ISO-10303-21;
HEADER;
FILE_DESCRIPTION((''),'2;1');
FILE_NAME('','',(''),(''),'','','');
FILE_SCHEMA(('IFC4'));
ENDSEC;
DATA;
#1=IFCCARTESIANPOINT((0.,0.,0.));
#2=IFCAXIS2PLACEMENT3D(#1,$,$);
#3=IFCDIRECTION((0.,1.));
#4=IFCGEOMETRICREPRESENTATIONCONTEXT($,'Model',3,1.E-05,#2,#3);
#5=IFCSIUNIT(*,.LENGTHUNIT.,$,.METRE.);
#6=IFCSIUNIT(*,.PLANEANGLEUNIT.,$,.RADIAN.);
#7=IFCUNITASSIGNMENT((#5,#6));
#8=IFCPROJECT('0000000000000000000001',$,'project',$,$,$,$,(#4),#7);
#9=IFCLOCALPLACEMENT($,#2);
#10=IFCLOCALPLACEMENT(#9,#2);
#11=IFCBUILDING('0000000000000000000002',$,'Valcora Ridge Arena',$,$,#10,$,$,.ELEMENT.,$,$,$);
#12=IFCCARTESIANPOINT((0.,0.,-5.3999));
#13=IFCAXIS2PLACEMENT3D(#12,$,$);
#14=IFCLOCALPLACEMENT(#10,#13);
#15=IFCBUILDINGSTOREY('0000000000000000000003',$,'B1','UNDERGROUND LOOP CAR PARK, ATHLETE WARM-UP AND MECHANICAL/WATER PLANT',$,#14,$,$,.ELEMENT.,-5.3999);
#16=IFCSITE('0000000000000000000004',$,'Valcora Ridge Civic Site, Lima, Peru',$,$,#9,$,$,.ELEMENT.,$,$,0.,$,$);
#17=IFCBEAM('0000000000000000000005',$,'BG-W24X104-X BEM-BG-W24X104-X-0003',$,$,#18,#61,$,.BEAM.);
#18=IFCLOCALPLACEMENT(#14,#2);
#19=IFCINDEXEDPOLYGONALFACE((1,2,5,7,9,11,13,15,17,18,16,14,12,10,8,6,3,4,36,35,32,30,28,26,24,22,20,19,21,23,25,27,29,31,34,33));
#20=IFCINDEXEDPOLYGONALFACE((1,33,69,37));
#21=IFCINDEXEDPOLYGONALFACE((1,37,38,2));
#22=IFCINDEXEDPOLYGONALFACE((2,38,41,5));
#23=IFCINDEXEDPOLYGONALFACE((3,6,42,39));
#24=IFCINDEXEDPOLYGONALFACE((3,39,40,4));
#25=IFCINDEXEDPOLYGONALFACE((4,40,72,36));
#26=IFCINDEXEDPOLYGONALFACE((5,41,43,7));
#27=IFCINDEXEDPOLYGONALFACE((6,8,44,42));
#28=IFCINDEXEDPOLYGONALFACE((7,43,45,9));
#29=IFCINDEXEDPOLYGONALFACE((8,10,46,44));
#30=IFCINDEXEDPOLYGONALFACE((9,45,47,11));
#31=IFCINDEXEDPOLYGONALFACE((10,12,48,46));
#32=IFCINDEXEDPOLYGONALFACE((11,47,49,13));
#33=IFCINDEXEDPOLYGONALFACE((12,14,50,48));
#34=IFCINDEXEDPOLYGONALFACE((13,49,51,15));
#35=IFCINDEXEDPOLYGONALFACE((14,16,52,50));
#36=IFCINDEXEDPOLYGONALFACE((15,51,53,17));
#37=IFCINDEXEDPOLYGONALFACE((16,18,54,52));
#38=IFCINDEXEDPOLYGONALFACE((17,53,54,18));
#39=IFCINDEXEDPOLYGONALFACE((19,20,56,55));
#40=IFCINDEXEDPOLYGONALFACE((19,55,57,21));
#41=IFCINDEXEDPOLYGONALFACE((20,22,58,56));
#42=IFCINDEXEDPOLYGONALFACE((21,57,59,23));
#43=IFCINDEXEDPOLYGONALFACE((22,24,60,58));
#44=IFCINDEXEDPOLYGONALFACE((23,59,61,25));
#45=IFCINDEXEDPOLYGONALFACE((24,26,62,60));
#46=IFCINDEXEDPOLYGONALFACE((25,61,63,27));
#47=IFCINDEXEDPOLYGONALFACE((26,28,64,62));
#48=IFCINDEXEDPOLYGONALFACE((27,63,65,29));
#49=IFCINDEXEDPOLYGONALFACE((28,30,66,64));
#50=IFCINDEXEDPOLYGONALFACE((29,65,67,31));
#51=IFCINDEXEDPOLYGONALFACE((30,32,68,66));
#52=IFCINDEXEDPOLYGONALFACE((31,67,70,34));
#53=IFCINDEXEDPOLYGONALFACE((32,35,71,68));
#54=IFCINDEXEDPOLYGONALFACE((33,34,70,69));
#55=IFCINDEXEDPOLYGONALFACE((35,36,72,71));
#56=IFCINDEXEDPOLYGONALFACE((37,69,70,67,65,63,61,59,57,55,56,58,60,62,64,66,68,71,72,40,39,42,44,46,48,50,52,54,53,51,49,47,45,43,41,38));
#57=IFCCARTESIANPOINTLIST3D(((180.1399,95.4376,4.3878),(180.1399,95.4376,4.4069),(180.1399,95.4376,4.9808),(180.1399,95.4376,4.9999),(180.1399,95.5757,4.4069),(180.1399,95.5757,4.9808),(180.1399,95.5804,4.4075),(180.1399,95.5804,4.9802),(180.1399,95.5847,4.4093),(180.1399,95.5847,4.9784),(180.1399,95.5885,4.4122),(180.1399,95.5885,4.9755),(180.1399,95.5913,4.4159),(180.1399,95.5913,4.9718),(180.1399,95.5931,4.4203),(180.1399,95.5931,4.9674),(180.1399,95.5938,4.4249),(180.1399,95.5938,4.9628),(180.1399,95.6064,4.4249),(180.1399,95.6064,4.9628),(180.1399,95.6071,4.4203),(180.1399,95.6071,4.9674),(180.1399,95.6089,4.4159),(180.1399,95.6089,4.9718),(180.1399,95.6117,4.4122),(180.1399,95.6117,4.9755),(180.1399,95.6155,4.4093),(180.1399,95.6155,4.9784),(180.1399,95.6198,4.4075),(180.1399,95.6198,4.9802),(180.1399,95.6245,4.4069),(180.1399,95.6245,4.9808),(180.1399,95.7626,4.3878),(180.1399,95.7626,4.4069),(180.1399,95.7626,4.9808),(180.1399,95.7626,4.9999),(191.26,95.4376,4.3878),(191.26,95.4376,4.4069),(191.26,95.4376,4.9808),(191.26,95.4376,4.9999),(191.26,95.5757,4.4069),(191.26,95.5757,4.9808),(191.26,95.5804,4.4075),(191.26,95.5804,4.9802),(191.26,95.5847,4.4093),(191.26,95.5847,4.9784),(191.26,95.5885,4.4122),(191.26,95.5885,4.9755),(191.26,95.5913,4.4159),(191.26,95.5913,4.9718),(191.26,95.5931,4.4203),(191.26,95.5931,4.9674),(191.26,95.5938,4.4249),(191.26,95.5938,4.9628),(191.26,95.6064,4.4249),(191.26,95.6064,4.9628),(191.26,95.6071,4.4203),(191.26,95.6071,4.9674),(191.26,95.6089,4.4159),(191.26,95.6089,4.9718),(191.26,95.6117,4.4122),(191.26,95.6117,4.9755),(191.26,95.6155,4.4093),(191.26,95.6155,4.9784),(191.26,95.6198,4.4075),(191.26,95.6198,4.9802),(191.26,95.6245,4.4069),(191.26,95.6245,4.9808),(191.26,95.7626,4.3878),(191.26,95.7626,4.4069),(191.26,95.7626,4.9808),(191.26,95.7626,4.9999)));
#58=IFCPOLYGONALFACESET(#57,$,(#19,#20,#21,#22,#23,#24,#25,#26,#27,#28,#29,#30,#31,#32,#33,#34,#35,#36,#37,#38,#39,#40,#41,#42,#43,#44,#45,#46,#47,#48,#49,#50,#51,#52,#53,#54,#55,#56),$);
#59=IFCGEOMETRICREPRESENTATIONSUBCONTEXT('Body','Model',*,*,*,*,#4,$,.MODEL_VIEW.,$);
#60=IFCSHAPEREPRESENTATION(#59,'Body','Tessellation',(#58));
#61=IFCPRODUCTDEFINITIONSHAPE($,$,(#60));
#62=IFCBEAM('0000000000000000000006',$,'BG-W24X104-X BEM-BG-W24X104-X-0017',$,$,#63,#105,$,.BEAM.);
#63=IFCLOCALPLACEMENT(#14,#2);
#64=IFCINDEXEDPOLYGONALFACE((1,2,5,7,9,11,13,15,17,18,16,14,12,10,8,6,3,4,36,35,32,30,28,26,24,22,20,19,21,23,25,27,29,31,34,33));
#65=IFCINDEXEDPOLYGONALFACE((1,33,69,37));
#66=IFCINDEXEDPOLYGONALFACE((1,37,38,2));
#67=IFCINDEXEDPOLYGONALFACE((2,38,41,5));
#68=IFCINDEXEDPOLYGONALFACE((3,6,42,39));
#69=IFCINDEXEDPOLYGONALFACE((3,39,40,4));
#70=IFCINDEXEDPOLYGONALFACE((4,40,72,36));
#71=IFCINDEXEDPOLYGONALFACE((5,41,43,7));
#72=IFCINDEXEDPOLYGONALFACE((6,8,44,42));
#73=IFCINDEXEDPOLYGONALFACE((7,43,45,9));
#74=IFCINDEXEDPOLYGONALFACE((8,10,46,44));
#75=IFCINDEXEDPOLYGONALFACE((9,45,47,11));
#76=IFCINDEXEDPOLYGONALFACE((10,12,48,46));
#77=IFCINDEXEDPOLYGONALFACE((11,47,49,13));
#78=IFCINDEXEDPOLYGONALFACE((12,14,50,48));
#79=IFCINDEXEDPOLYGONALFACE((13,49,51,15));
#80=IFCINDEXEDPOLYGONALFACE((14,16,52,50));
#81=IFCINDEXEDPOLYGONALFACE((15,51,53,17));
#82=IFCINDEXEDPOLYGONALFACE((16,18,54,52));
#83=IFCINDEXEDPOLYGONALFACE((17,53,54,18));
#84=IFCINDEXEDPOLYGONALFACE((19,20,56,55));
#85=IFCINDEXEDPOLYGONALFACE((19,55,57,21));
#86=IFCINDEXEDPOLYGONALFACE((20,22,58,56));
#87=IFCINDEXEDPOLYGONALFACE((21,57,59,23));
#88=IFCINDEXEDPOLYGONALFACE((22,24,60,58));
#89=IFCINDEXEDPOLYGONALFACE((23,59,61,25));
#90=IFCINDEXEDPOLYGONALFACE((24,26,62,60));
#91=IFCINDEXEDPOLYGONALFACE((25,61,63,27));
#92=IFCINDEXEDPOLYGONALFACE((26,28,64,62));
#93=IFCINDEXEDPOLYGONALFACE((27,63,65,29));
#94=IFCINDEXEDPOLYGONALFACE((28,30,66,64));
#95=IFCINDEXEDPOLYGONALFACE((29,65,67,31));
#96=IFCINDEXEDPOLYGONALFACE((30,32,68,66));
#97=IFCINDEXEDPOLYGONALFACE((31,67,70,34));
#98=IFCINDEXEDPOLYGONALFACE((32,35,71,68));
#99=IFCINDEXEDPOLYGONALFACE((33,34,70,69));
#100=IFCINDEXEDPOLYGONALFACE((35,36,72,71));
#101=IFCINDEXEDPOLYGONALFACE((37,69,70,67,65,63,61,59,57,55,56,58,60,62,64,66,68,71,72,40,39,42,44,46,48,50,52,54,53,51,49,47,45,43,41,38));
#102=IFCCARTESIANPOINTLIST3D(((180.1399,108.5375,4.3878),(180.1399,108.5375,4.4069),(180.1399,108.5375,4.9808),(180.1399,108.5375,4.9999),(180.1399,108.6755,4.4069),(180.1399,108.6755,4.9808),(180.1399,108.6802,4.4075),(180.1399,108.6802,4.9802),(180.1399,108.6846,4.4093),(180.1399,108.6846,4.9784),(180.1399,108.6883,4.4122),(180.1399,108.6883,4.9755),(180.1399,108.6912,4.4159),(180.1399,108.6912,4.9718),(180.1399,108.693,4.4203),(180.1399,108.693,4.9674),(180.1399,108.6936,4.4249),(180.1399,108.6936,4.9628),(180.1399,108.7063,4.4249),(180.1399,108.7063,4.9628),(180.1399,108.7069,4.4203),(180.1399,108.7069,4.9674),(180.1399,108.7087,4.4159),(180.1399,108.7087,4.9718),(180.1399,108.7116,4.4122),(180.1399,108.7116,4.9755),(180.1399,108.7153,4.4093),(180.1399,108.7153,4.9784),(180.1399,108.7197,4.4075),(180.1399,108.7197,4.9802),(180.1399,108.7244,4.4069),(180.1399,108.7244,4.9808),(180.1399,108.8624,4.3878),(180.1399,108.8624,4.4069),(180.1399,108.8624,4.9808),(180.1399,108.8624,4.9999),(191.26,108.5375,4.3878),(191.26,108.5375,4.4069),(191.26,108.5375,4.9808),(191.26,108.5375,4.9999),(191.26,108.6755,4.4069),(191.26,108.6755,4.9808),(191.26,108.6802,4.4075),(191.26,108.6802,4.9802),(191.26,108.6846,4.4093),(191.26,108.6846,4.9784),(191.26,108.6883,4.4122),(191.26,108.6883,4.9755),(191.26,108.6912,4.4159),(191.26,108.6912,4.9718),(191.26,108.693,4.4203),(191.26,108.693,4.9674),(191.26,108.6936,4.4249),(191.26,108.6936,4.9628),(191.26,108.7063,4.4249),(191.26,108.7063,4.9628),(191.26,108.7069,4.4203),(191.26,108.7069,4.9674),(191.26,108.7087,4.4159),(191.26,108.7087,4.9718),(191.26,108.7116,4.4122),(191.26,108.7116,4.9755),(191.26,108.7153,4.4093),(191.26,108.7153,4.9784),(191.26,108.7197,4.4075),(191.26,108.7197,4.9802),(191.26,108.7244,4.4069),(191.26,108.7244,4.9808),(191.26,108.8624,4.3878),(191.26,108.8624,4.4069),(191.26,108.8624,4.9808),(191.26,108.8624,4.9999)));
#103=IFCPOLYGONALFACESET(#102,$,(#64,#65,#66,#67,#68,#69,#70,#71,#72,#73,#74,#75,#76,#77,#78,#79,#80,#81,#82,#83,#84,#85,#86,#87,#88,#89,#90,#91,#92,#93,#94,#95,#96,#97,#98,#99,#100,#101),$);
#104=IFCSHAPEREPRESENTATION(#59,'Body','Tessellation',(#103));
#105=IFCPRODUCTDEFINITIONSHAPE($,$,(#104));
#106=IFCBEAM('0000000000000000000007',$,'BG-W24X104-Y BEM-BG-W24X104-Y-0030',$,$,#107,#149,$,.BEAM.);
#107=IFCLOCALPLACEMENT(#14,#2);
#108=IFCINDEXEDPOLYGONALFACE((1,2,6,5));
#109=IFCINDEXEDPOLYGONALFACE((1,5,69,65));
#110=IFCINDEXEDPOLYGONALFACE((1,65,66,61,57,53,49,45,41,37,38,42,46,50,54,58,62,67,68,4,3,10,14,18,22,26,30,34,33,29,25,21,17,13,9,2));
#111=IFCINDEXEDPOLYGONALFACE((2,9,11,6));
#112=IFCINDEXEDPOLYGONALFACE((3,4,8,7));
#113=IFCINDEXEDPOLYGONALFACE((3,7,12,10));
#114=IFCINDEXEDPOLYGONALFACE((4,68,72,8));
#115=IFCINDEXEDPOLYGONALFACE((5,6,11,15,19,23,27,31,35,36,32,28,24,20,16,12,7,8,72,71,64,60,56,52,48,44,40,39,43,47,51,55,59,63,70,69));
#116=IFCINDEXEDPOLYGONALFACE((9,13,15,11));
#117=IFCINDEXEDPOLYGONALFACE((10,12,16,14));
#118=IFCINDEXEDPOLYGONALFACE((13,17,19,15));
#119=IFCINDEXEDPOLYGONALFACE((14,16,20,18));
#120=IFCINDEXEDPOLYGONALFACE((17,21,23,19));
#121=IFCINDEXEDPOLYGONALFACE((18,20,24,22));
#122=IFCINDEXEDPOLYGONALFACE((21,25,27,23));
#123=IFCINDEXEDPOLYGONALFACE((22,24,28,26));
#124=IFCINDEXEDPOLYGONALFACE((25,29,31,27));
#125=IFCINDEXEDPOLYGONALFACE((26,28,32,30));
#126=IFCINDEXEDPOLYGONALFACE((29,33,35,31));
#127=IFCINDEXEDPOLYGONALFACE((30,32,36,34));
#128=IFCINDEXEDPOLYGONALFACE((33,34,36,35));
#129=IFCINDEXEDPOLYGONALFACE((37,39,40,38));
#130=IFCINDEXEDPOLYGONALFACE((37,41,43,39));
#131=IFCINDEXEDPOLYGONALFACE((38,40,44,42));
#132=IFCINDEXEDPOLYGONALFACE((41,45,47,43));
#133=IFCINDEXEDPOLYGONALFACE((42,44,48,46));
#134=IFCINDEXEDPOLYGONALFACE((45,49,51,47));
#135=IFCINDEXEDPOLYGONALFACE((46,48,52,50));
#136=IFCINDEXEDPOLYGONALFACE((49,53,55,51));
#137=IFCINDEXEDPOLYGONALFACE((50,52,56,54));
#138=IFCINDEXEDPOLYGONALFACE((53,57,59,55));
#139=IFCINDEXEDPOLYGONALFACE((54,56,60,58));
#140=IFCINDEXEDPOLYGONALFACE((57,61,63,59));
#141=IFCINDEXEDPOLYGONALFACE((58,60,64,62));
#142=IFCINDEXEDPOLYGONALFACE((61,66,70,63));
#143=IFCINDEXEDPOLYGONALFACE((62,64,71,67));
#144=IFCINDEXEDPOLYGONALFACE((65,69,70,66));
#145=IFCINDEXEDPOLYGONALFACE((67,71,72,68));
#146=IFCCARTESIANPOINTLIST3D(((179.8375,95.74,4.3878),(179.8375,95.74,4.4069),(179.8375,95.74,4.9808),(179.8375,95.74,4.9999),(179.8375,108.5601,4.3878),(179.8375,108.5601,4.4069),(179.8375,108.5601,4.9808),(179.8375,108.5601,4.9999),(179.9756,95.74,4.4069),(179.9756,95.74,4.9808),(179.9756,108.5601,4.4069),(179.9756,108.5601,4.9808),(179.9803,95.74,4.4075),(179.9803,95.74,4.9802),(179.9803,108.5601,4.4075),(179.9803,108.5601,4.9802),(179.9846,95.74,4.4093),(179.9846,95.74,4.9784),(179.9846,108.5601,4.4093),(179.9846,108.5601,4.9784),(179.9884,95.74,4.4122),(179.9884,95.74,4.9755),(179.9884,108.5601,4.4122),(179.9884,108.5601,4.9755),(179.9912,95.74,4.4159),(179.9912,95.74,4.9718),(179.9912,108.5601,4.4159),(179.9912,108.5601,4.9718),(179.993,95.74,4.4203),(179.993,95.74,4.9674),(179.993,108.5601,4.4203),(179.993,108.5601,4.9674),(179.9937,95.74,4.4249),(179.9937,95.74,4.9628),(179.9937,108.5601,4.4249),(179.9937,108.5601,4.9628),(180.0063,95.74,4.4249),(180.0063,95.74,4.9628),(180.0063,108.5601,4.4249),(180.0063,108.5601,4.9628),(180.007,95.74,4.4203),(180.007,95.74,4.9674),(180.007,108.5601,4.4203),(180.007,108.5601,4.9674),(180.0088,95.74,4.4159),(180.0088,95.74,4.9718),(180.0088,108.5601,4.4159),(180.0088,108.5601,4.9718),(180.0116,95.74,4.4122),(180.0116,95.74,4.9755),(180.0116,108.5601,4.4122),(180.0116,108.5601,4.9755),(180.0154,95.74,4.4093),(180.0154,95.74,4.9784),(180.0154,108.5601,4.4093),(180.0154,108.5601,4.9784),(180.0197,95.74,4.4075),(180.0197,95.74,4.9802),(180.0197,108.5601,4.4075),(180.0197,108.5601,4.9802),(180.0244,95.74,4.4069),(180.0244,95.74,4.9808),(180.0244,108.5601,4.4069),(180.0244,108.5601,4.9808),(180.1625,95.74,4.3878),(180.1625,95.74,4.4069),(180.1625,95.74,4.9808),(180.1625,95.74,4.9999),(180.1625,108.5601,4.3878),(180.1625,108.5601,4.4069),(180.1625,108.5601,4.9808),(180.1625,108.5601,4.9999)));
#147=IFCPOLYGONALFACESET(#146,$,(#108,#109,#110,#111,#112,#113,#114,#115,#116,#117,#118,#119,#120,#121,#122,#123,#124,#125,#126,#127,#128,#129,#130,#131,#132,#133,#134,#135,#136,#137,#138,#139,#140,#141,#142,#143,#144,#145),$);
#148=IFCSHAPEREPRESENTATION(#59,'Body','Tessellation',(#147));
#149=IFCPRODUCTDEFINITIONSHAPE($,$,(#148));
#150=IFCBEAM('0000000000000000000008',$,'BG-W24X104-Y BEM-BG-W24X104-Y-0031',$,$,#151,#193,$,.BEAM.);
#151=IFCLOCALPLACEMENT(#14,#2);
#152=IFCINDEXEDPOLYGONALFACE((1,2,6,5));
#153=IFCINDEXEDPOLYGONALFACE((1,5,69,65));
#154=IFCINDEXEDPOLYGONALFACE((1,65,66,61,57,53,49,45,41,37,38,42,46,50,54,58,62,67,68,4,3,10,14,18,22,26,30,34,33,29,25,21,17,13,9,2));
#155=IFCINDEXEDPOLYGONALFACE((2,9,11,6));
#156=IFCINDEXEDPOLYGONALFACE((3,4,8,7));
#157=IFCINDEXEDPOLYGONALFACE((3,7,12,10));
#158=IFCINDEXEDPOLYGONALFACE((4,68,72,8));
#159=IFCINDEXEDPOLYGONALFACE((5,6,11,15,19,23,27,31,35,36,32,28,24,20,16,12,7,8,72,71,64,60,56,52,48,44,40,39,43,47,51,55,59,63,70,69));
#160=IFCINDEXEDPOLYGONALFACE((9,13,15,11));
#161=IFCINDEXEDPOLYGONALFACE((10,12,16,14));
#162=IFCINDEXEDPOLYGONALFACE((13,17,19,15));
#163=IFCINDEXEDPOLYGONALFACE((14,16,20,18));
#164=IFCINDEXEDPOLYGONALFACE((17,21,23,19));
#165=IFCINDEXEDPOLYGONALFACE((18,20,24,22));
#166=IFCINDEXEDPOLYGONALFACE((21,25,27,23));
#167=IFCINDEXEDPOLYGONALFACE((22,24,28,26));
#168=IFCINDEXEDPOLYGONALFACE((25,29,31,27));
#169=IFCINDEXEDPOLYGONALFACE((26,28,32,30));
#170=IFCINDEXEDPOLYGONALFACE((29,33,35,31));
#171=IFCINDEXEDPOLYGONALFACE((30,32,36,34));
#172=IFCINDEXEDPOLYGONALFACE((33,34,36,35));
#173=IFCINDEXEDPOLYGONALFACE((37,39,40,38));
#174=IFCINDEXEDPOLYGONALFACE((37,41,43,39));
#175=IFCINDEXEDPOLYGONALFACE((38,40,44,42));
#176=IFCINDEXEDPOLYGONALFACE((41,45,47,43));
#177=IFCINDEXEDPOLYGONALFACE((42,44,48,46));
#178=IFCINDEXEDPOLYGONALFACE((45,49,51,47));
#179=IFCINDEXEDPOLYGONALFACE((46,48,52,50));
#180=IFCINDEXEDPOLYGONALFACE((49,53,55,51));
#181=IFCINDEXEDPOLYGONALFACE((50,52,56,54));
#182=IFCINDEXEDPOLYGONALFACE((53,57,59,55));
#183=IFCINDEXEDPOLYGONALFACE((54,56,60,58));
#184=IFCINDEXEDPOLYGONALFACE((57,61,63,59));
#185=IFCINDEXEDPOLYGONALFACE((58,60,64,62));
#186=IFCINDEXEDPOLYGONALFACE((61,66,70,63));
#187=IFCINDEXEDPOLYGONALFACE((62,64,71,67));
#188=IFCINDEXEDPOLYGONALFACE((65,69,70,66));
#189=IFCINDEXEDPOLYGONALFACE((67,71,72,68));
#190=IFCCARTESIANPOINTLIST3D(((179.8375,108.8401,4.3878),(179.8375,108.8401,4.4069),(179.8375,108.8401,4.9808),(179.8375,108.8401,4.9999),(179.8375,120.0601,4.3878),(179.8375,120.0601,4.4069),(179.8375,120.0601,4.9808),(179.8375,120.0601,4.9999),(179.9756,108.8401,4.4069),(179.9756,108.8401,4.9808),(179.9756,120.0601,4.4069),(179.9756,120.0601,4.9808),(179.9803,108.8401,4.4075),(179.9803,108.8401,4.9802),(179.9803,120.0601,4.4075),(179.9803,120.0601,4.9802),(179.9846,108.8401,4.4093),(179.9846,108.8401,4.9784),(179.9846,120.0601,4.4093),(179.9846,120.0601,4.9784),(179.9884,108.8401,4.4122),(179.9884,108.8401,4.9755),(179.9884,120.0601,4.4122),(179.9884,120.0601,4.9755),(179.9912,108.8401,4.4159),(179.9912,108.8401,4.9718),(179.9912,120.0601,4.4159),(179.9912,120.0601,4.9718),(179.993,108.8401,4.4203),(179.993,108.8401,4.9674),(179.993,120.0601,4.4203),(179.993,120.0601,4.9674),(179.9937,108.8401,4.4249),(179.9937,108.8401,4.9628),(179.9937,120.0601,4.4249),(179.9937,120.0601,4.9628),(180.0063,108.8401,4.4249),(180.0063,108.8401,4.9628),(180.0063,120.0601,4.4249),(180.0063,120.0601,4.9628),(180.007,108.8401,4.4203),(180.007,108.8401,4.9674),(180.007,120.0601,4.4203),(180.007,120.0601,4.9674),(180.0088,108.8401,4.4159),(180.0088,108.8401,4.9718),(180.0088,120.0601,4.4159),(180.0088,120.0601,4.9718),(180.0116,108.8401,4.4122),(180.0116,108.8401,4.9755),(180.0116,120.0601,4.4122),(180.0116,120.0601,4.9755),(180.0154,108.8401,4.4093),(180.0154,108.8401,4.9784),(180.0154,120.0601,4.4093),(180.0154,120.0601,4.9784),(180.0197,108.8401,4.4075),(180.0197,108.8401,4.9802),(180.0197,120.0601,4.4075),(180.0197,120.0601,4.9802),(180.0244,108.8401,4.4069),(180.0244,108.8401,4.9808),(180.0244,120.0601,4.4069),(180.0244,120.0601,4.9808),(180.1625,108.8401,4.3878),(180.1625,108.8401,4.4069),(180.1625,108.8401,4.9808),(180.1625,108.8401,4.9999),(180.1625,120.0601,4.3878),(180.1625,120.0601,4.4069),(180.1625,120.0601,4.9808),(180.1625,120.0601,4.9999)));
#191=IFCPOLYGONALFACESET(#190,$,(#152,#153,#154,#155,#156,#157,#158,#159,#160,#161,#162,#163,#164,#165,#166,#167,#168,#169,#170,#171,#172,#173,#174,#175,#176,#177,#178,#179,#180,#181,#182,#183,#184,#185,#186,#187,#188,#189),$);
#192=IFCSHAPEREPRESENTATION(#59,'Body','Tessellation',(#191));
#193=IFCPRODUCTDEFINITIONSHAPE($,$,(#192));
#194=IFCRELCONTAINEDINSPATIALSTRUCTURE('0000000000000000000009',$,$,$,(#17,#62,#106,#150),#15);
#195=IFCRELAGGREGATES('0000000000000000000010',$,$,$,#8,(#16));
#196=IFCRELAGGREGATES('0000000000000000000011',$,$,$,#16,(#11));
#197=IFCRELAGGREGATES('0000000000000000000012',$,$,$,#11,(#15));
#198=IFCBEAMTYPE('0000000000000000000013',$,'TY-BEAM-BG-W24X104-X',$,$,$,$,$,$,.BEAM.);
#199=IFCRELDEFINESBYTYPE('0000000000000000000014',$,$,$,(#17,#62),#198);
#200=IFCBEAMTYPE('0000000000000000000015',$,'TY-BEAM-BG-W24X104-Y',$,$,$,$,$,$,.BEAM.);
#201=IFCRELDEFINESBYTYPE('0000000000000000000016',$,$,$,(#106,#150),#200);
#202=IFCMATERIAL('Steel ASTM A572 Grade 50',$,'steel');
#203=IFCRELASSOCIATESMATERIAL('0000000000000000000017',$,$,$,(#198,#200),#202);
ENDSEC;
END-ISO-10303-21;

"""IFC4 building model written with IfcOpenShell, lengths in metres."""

from ifc_helpers import new_model, si_unit, direction, frame, origin, origin_2d, place, context, subcontext, project, spatial, i_section, extrude, material, material_profile, profile_set, type_object, element, save


model = new_model("IFC4")

# Units and contexts
model_context = context("Model", 3, precision=1e-05, world=origin(), true_north=direction((0.0, 1.0)))
body_context = subcontext(model_context, "Body", "Model", "MODEL_VIEW")
ifc_project = project(units=[si_unit("LENGTHUNIT", "METRE"), si_unit("PLANEANGLEUNIT", "RADIAN")], contexts=[model_context])

# Site, building, storey
site_placement = place(None, origin())
site = spatial("IfcSite", under=ifc_project, at=site_placement, Name="Valcora Ridge Civic Site, Lima, Peru", CompositionType="ELEMENT", RefElevation=0.0)
building_placement = place(site_placement, origin())
building = spatial("IfcBuilding", under=site, at=building_placement, Name="Valcora Ridge Arena", CompositionType="ELEMENT")
storey_placement = place(building_placement, frame((0.0, 0.0, -5.3999)))
storey = spatial("IfcBuildingStorey", under=building, at=storey_placement, Name="B1", Description="UNDERGROUND LOOP CAR PARK, ATHLETE WARM-UP AND MECHANICAL/WATER PLANT", CompositionType="ELEMENT", Elevation=-5.3999)

# Beams
ifc_material_1 = material(Name="Steel ASTM A572 Grade 50", Category="steel")
ifc_material_profile_1 = material_profile(ifc_material_1, i_section(OverallWidth=0.325, OverallDepth=0.6121, WebThickness=0.0127, FlangeThickness=0.019, FilletRadius=0.0181, at=origin_2d()), Name="W24X104")
ifc_profile_set_1 = profile_set([ifc_material_profile_1], Name="Steel ASTM A572 Grade 50")
beam_type_1 = type_object("IfcBeamType", Name="TY-BEAM-BG-W24X104-X", PredefinedType="BEAM", material=ifc_profile_set_1)
for number, where, z_axis, x_axis, name in (
    (1, (180.1399, 95.6001, 4.6938), (1.0, 0.0, 0.0), (0.0, 1.0, 0.0), "BG-W24X104-X BEM-BG-W24X104-X-0003"),
    (2, (180.1399, 108.7, 4.6938), (1.0, 0.0, 0.0), (0.0, 1.0, 0.0), "BG-W24X104-X BEM-BG-W24X104-X-0017"),
):
    element("IfcBeam", number, at=place(storey_placement, frame(where, z_axis=z_axis, x_axis=x_axis)), inside=storey, type_object=beam_type_1, Name=name, PredefinedType="BEAM", context=body_context, shape_type="SweptSolid", body=[
        extrude(i_section(OverallWidth=0.325, OverallDepth=0.6121, WebThickness=0.0127, FlangeThickness=0.019, FilletRadius=0.0181, at=origin_2d()), origin(), (0.0, 0.0, 1.0), 11.1201),
    ])
ifc_material_profile_2 = material_profile(ifc_material_1, i_section(OverallWidth=0.325, OverallDepth=0.6121, WebThickness=0.0127, FlangeThickness=0.019, FilletRadius=0.0181, at=origin_2d()), Name="W24X104")
ifc_profile_set_2 = profile_set([ifc_material_profile_2], Name="Steel ASTM A572 Grade 50")
beam_type_2 = type_object("IfcBeamType", Name="TY-BEAM-BG-W24X104-Y", PredefinedType="BEAM", material=ifc_profile_set_2)
beam_1_placement = place(storey_placement, frame((180.0, 95.74, 4.6938), z_axis=(0.0, 1.0, 0.0), x_axis=(-1.0, 0.0, 0.0)))
element("IfcBeam", 3, at=beam_1_placement, inside=storey, type_object=beam_type_2, Name="BG-W24X104-Y BEM-BG-W24X104-Y-0030", PredefinedType="BEAM", context=body_context, shape_type="SweptSolid", body=[
    extrude(i_section(OverallWidth=0.325, OverallDepth=0.6121, WebThickness=0.0127, FlangeThickness=0.019, FilletRadius=0.0181, at=origin_2d()), origin(), (0.0, 0.0, 1.0), 12.8201),
])
beam_2_placement = place(storey_placement, frame((180.0, 108.8401, 4.6938), z_axis=(0.0, 1.0, 0.0), x_axis=(-1.0, 0.0, 0.0)))
element("IfcBeam", 4, at=beam_2_placement, inside=storey, type_object=beam_type_2, Name="BG-W24X104-Y BEM-BG-W24X104-Y-0031", PredefinedType="BEAM", context=body_context, shape_type="SweptSolid", body=[
    extrude(i_section(OverallWidth=0.325, OverallDepth=0.6121, WebThickness=0.0127, FlangeThickness=0.019, FilletRadius=0.0181, at=origin_2d()), origin(), (0.0, 0.0, 1.0), 11.22),
])

save(model, "model.ifc")
